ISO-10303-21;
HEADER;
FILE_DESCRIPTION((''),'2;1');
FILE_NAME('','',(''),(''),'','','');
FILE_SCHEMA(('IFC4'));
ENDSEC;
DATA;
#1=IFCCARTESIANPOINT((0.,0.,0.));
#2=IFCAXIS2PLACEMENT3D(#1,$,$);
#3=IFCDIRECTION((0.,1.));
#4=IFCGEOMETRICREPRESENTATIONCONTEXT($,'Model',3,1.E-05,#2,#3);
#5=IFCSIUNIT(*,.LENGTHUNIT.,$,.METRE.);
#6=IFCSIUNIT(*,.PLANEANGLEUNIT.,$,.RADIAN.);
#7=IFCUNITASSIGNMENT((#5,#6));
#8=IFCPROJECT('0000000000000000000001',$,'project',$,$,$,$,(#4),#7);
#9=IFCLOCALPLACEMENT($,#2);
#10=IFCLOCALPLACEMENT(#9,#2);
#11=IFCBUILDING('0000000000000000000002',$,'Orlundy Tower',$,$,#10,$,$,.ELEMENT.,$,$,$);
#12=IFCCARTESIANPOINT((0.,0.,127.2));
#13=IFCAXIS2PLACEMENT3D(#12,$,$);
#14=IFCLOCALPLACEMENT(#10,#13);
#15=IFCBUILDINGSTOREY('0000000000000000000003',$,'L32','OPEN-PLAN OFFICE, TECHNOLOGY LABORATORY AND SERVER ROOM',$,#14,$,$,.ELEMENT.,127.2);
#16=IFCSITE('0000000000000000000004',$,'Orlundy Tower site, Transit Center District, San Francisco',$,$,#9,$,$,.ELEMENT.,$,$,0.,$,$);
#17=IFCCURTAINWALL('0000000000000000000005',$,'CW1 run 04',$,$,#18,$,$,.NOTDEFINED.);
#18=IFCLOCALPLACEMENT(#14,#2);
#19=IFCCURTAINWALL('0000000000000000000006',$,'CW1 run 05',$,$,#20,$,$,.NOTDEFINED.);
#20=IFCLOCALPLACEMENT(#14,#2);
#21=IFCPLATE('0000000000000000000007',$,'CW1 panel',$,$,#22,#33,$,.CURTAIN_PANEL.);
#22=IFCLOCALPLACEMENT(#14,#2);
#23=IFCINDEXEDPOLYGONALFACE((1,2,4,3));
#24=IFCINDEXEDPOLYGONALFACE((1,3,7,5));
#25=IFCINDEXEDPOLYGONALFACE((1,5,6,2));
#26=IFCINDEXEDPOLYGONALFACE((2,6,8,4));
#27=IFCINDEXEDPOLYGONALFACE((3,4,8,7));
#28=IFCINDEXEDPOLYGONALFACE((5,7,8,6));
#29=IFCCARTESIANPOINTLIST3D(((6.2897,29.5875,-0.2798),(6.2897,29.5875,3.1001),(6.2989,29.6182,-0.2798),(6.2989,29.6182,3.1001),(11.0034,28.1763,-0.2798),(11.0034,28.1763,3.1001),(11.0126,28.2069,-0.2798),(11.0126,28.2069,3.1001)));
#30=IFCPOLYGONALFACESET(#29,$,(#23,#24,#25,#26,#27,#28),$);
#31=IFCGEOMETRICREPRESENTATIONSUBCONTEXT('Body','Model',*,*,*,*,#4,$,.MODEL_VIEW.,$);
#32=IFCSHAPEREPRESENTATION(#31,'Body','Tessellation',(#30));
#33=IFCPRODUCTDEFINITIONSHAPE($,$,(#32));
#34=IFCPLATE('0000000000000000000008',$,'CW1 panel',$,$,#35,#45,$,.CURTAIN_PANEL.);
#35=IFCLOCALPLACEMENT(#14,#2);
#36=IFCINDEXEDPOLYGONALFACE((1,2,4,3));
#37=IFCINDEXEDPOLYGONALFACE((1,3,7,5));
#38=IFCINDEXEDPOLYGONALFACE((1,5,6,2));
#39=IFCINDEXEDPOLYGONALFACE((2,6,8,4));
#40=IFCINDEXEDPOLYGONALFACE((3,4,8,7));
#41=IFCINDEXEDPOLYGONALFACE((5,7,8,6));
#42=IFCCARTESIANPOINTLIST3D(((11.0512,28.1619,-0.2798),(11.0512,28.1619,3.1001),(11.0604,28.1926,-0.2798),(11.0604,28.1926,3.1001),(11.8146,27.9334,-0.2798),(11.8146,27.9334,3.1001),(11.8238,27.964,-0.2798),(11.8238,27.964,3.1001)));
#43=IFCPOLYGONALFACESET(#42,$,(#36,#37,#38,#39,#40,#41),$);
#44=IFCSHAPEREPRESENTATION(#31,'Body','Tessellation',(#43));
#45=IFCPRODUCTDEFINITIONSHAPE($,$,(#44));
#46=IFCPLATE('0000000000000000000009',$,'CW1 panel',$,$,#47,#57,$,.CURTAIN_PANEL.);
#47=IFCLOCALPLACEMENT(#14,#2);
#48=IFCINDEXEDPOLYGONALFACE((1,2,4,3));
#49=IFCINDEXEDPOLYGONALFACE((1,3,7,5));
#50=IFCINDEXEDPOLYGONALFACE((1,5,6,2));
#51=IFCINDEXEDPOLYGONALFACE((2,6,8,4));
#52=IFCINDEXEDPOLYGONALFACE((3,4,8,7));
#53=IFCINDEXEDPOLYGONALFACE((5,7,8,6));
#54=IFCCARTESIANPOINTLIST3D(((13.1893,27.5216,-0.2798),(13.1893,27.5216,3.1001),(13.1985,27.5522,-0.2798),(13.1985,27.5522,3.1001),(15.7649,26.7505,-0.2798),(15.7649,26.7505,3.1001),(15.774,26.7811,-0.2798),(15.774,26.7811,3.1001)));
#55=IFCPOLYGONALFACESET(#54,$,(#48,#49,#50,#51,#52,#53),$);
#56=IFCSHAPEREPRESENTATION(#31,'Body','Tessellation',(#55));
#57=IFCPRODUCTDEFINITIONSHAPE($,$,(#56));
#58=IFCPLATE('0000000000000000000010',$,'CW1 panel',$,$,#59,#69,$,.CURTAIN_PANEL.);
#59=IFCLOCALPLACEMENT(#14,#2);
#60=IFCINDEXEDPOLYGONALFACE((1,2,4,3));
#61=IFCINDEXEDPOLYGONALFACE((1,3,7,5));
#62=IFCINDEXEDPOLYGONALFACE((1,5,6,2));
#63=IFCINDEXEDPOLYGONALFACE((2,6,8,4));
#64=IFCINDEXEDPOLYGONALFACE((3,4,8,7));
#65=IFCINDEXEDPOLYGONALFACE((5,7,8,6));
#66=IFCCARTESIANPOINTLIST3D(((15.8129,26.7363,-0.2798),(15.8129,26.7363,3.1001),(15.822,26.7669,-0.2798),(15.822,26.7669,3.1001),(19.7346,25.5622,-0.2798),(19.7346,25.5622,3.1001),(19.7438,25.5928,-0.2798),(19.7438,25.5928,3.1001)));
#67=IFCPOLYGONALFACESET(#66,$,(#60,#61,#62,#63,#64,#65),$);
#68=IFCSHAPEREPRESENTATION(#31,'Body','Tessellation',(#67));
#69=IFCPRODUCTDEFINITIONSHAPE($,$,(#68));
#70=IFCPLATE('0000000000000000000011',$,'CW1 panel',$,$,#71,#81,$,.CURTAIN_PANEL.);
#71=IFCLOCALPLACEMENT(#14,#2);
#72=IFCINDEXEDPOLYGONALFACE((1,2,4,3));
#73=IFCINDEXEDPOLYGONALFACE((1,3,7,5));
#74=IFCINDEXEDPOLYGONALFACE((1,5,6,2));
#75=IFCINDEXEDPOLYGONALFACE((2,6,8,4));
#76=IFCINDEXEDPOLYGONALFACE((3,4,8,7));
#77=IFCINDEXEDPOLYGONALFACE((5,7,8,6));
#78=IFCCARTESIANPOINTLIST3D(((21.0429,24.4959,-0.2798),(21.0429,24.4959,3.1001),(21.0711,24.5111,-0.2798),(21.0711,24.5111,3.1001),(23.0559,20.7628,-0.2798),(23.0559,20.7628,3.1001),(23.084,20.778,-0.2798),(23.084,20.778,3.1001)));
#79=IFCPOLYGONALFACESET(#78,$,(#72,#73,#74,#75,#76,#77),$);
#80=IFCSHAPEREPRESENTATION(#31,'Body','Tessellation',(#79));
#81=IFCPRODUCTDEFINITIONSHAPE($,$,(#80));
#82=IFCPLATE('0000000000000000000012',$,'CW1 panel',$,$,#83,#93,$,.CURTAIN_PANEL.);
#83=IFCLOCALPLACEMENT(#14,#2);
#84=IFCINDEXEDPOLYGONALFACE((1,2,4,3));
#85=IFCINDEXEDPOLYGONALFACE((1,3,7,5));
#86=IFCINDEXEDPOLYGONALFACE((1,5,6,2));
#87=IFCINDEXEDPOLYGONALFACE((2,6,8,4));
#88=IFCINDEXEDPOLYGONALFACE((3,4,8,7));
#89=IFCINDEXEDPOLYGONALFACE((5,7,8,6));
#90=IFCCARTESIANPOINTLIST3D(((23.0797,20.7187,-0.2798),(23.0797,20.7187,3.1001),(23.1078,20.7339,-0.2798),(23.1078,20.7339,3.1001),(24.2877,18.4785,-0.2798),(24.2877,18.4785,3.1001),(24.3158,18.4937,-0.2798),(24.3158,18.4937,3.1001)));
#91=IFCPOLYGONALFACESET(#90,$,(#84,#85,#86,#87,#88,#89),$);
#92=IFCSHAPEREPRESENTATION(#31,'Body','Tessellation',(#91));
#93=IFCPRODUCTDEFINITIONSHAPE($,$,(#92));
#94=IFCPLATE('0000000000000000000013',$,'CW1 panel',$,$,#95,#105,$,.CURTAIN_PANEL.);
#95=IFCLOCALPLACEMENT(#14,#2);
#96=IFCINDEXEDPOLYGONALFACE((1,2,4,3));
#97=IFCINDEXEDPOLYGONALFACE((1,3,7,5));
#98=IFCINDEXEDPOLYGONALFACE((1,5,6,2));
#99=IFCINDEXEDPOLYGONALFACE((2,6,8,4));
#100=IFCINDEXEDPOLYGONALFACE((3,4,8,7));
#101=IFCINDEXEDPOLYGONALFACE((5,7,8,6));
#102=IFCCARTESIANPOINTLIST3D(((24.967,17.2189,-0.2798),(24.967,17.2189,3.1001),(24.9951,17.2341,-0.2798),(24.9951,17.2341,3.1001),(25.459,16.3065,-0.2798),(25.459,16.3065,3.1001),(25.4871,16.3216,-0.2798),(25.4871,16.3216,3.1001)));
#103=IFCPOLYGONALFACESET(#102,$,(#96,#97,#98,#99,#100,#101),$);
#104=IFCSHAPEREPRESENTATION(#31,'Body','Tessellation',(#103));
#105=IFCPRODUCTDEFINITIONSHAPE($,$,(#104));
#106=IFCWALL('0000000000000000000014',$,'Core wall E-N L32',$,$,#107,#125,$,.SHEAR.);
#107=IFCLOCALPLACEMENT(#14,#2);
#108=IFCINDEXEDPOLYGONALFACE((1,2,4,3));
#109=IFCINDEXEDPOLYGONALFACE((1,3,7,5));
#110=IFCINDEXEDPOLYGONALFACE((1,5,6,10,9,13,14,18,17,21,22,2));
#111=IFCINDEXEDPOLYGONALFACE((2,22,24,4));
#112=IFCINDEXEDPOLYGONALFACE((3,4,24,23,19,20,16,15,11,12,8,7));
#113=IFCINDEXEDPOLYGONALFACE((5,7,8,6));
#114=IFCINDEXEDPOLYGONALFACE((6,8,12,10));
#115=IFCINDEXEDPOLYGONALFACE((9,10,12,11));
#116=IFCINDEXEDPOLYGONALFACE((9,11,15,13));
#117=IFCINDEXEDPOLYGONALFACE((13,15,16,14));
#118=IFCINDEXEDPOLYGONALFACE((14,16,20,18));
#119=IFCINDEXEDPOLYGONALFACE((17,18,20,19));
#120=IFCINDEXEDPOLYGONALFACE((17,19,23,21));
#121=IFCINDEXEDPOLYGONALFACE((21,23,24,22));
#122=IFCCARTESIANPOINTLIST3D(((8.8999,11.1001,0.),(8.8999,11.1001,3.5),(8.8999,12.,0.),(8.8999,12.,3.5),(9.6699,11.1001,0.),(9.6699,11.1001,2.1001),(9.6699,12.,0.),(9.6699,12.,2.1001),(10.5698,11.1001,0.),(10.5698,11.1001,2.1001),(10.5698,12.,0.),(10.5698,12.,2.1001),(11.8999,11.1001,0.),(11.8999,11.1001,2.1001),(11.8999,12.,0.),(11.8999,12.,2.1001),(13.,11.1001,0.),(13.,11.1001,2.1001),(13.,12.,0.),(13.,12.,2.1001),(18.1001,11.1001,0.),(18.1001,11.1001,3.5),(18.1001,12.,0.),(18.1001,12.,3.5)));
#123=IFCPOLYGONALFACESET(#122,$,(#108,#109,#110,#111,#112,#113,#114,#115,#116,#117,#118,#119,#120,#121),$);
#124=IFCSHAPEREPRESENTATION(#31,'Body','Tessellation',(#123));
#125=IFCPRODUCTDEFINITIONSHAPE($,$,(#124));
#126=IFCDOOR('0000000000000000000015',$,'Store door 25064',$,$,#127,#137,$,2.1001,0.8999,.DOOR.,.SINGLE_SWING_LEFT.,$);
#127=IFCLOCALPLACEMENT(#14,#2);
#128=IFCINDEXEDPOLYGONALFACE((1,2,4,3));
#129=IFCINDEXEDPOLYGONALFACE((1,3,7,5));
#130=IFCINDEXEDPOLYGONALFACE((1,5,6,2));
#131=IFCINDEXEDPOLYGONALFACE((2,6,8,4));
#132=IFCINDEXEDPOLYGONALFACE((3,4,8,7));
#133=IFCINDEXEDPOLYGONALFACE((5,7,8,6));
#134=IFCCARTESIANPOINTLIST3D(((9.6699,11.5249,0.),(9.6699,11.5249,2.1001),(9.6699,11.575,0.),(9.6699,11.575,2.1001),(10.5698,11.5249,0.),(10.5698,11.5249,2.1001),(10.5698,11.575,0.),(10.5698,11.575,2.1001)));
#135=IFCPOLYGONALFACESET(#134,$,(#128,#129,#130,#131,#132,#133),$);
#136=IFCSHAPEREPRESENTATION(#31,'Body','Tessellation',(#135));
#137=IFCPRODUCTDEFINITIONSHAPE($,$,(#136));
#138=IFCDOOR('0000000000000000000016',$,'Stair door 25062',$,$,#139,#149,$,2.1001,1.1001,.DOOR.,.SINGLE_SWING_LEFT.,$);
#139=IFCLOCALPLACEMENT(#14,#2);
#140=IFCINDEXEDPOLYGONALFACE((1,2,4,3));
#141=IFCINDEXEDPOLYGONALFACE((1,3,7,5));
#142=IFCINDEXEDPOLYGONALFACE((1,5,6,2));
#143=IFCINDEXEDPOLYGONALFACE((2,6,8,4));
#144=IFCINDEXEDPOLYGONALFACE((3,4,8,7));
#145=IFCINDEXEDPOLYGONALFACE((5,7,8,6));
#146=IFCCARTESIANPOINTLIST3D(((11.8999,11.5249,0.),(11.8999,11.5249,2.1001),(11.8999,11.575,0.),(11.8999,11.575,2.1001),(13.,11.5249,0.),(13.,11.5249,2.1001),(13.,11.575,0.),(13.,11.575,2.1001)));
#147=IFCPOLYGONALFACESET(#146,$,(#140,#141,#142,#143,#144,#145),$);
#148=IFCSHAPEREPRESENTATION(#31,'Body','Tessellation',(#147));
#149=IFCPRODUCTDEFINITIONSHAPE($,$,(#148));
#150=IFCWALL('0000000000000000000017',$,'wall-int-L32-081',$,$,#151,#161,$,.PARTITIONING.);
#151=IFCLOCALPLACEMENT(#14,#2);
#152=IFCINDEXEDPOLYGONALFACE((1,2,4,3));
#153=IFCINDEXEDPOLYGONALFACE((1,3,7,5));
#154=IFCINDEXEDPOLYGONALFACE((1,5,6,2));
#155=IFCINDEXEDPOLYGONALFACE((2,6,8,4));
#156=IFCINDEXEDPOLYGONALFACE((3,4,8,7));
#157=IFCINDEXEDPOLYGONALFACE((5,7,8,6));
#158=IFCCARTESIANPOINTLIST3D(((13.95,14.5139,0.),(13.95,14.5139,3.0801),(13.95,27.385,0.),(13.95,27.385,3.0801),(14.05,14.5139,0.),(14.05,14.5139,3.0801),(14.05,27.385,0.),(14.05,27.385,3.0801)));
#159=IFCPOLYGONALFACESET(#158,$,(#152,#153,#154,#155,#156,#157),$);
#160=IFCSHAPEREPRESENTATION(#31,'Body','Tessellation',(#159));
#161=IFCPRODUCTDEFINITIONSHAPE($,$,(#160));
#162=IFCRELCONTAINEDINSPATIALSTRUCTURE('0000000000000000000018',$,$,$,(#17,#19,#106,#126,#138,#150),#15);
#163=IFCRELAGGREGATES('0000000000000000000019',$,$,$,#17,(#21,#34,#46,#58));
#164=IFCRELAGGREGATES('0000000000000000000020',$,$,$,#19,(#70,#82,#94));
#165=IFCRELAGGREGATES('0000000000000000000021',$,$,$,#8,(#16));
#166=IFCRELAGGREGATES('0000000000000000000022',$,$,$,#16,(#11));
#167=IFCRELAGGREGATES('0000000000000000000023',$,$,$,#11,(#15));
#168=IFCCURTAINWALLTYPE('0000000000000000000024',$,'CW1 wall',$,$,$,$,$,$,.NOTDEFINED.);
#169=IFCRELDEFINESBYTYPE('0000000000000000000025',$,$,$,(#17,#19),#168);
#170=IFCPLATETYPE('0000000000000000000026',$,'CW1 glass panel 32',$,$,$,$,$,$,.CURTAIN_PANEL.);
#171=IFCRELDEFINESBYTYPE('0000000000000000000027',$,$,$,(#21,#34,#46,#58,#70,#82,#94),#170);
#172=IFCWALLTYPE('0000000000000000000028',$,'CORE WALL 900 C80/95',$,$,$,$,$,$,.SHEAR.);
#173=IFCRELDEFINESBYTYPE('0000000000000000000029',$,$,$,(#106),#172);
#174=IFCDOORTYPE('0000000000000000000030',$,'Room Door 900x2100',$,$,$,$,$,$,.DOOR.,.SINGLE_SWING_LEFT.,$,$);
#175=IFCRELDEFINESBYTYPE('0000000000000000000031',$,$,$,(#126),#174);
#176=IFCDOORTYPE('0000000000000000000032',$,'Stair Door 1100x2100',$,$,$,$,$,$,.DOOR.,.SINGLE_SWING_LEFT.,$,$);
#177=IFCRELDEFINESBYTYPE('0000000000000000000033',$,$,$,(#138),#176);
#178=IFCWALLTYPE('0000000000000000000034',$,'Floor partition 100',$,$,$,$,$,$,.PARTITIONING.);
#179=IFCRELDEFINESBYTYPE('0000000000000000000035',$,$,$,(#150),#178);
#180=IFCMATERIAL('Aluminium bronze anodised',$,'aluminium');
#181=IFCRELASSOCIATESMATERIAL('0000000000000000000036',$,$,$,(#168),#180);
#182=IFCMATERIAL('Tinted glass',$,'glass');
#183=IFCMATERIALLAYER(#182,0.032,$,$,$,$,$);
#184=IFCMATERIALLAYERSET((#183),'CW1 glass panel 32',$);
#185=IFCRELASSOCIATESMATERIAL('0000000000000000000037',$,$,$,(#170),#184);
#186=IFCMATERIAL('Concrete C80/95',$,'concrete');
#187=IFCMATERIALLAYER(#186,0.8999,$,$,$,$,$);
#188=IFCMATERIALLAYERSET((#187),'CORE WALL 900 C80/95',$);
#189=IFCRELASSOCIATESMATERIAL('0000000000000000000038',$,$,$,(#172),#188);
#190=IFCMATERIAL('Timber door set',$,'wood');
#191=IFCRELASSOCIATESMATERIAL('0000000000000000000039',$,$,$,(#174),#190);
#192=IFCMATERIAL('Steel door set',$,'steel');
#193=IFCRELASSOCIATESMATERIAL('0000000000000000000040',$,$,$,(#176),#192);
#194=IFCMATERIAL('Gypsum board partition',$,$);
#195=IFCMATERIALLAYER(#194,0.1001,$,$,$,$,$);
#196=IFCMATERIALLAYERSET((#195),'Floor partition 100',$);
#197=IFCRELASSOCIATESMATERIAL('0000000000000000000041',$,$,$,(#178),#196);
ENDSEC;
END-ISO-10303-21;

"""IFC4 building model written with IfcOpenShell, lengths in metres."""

from ifc_helpers import new_model, si_unit, direction, frame, frame_2d, origin, origin_2d, place, context, subcontext, project, spatial, rectangle, extrude, material, layer, layer_set, type_object, element, fill, aggregate, save


model = new_model("IFC4")

# Units and contexts
model_context = context("Model", 3, precision=1e-05, world=origin(), true_north=direction((0.0, 1.0)))
body_context = subcontext(model_context, "Body", "Model", "MODEL_VIEW")
ifc_project = project(units=[si_unit("LENGTHUNIT", "METRE"), si_unit("PLANEANGLEUNIT", "RADIAN")], contexts=[model_context])

# Site, building, storey
site_placement = place(None, origin())
site = spatial("IfcSite", under=ifc_project, at=site_placement, Name="Orlundy Tower site, Transit Center District, San Francisco", CompositionType="ELEMENT", RefElevation=0.0)
building_placement = place(site_placement, origin())
building = spatial("IfcBuilding", under=site, at=building_placement, Name="Orlundy Tower", CompositionType="ELEMENT")
storey_placement = place(building_placement, frame((0.0, 0.0, 127.2)))
storey = spatial("IfcBuildingStorey", under=building, at=storey_placement, Name="L32", Description="OPEN-PLAN OFFICE, TECHNOLOGY LABORATORY AND SERVER ROOM", CompositionType="ELEMENT", Elevation=127.2)

# Curtain wall
ifc_material_1 = material(Name="Aluminium bronze anodised", Category="aluminium")
curtain_wall_type = type_object("IfcCurtainWallType", Name="CW1 wall", PredefinedType="NOTDEFINED", material=ifc_material_1)
curtain_wall_1_placement = place(storey_placement, origin())
curtain_wall_1 = element("IfcCurtainWall", 1, at=curtain_wall_1_placement, inside=storey, type_object=curtain_wall_type, Name="CW1 run 04", PredefinedType="NOTDEFINED")

# Curtain wall
curtain_wall_2_placement = place(storey_placement, origin())
curtain_wall_2 = element("IfcCurtainWall", 2, at=curtain_wall_2_placement, inside=storey, type_object=curtain_wall_type, Name="CW1 run 05", PredefinedType="NOTDEFINED")

# Plates
ifc_material_2 = material(Name="Tinted glass", Category="glass")
ifc_layer_1 = layer(ifc_material_2, 0.032)
ifc_layer_set_1 = layer_set([ifc_layer_1], Name="CW1 glass panel 32")
plate_type = type_object("IfcPlateType", Name="CW1 glass panel 32", PredefinedType="CURTAIN_PANEL", material=ifc_layer_set_1)
plate_1_placement = place(storey_placement, frame((8.6511, 28.8972, -0.2798), z_axis=(0.0, 0.0, 1.0), x_axis=(0.957986, -0.286816, 0.0)))
plate_1 = element("IfcPlate", 3, at=plate_1_placement, type_object=plate_type, Name="CW1 panel", PredefinedType="CURTAIN_PANEL", context=body_context, shape_type="SweptSolid", body=[
    extrude(rectangle(XDim=4.9204, YDim=0.032, at=origin_2d()), origin(), (0.0, 0.0, 1.0), 3.3799),
])
plate_2_placement = place(storey_placement, frame((11.4375, 28.063, -0.2798), z_axis=(0.0, 0.0, 1.0), x_axis=(0.957986, -0.286816, 0.0)))
plate_2 = element("IfcPlate", 4, at=plate_2_placement, type_object=plate_type, Name="CW1 panel", PredefinedType="CURTAIN_PANEL", context=body_context, shape_type="SweptSolid", body=[
    extrude(rectangle(XDim=0.7969, YDim=0.032, at=origin_2d()), origin(), (0.0, 0.0, 1.0), 3.3799),
])
plate_3_placement = place(storey_placement, frame((14.4817, 27.1514, -0.2798), z_axis=(0.0, 0.0, 1.0), x_axis=(0.957986, -0.286816, 0.0)))
plate_3 = element("IfcPlate", 5, at=plate_3_placement, type_object=plate_type, Name="CW1 panel", PredefinedType="CURTAIN_PANEL", context=body_context, shape_type="SweptSolid", body=[
    extrude(rectangle(XDim=2.6885, YDim=0.032, at=origin_2d()), origin(), (0.0, 0.0, 1.0), 3.3799),
])
plate_4_placement = place(storey_placement, frame((17.7783, 26.1646, -0.2798), z_axis=(0.0, 0.0, 1.0), x_axis=(0.957986, -0.286816, 0.0)))
plate_4 = element("IfcPlate", 6, at=plate_4_placement, type_object=plate_type, Name="CW1 panel", PredefinedType="CURTAIN_PANEL", context=body_context, shape_type="SweptSolid", body=[
    extrude(rectangle(XDim=4.0938, YDim=0.032, at=origin_2d()), origin(), (0.0, 0.0, 1.0), 3.3799),
])
aggregate(curtain_wall_1, [plate_1, plate_2, plate_3, plate_4])
plate_5_placement = place(storey_placement, frame((22.0635, 22.637, -0.2798), z_axis=(0.0, 0.0, 1.0), x_axis=(0.474624, -0.880189, 0.0)))
plate_5 = element("IfcPlate", 7, at=plate_5_placement, type_object=plate_type, Name="CW1 panel", PredefinedType="CURTAIN_PANEL", context=body_context, shape_type="SweptSolid", body=[
    extrude(rectangle(XDim=4.2412, YDim=0.032, at=origin_2d()), origin(), (0.0, 0.0, 1.0), 3.3799),
])
plate_6_placement = place(storey_placement, frame((23.6978, 19.6062, -0.2798), z_axis=(0.0, 0.0, 1.0), x_axis=(0.474624, -0.880189, 0.0)))
plate_6 = element("IfcPlate", 8, at=plate_6_placement, type_object=plate_type, Name="CW1 panel", PredefinedType="CURTAIN_PANEL", context=body_context, shape_type="SweptSolid", body=[
    extrude(rectangle(XDim=2.5452, YDim=0.032, at=origin_2d()), origin(), (0.0, 0.0, 1.0), 3.3799),
])
plate_7_placement = place(storey_placement, frame((25.2271, 16.7703, -0.2798), z_axis=(0.0, 0.0, 1.0), x_axis=(0.474624, -0.880189, 0.0)))
plate_7 = element("IfcPlate", 9, at=plate_7_placement, type_object=plate_type, Name="CW1 panel", PredefinedType="CURTAIN_PANEL", context=body_context, shape_type="SweptSolid", body=[
    extrude(rectangle(XDim=1.0366, YDim=0.032, at=origin_2d()), origin(), (0.0, 0.0, 1.0), 3.3799),
])
aggregate(curtain_wall_2, [plate_5, plate_6, plate_7])

# Wall, openings, doors
ifc_material_3 = material(Name="Concrete C80/95", Category="concrete")
ifc_layer_2 = layer(ifc_material_3, 0.8999)
ifc_layer_set_2 = layer_set([ifc_layer_2], Name="CORE WALL 900 C80/95")
wall_type_1 = type_object("IfcWallType", Name="CORE WALL 900 C80/95", PredefinedType="SHEAR", material=ifc_layer_set_2)
wall_1_placement = place(storey_placement, frame((8.8999, 11.55, 0.0), z_axis=(0.0, 0.0, 1.0), x_axis=(1.0, 0.0, 0.0)))
wall_1 = element("IfcWall", 10, at=wall_1_placement, inside=storey, type_object=wall_type_1, Name="Core wall E-N L32", PredefinedType="SHEAR", context=body_context, shape_type="SweptSolid", body=[
    extrude(rectangle(XDim=9.2002, YDim=0.8999, at=frame_2d((4.6001, 0.0))), origin(), (0.0, 0.0, 1.0), 3.5),
])
opening_1_placement = place(wall_1_placement, frame((3.0, 0.0, 0.0)))
opening_1 = element("IfcOpeningElement", 11, at=opening_1_placement, cuts=wall_1, PredefinedType="OPENING", context=body_context, shape_type="SweptSolid", body=[
    extrude(rectangle(XDim=1.1001, YDim=2.1001, at=frame_2d((0.55, 1.05))), frame((0.0, 0.46, 0.0), z_axis=(0.0, -1.0, 0.0), x_axis=(1.0, 0.0, 0.0)), (0.0, 0.0, 1.0), 0.9199),
])
opening_2_placement = place(wall_1_placement, frame((0.77, 0.0, 0.0)))
opening_2 = element("IfcOpeningElement", 12, at=opening_2_placement, cuts=wall_1, PredefinedType="OPENING", context=body_context, shape_type="SweptSolid", body=[
    extrude(rectangle(XDim=0.8999, YDim=2.1001, at=frame_2d((0.45, 1.05))), frame((0.0, 0.46, 0.0), z_axis=(0.0, -1.0, 0.0), x_axis=(1.0, 0.0, 0.0)), (0.0, 0.0, 1.0), 0.9199),
])
ifc_material_4 = material(Name="Timber door set", Category="wood")
door_type_1 = type_object("IfcDoorType", Name="Room Door 900x2100", OperationType="SINGLE_SWING_LEFT", PredefinedType="DOOR", material=ifc_material_4)
door_1_placement = place(opening_2_placement, origin())
door_1 = element("IfcDoor", 13, at=door_1_placement, inside=storey, type_object=door_type_1, Name="Store door 25064", OperationType="SINGLE_SWING_LEFT", OverallHeight=2.1001, OverallWidth=0.8999, PredefinedType="DOOR", context=body_context, shape_type="SweptSolid", body=[
    extrude(rectangle(XDim=0.8999, YDim=2.1001, at=frame_2d((0.45, 1.05))), frame((0.0, 0.0249, 0.0), z_axis=(0.0, -1.0, 0.0), x_axis=(1.0, 0.0, 0.0)), (0.0, 0.0, 1.0), 0.05),
])
fill(opening_2, door_1)
ifc_material_5 = material(Name="Steel door set", Category="steel")
door_type_2 = type_object("IfcDoorType", Name="Stair Door 1100x2100", OperationType="SINGLE_SWING_LEFT", PredefinedType="DOOR", material=ifc_material_5)
door_2_placement = place(opening_1_placement, origin())
door_2 = element("IfcDoor", 14, at=door_2_placement, inside=storey, type_object=door_type_2, Name="Stair door 25062", OperationType="SINGLE_SWING_LEFT", OverallHeight=2.1001, OverallWidth=1.1001, PredefinedType="DOOR", context=body_context, shape_type="SweptSolid", body=[
    extrude(rectangle(XDim=1.1001, YDim=2.1001, at=frame_2d((0.55, 1.05))), frame((0.0, 0.0249, 0.0), z_axis=(0.0, -1.0, 0.0), x_axis=(1.0, 0.0, 0.0)), (0.0, 0.0, 1.0), 0.05),
])
fill(opening_1, door_2)

# Wall
ifc_material_6 = material(Name="Gypsum board partition")
ifc_layer_3 = layer(ifc_material_6, 0.1001)
ifc_layer_set_3 = layer_set([ifc_layer_3], Name="Floor partition 100")
wall_type_2 = type_object("IfcWallType", Name="Floor partition 100", PredefinedType="PARTITIONING", material=ifc_layer_set_3)
wall_2_placement = place(storey_placement, frame((14.0, 14.5139, 0.0), z_axis=(0.0, 0.0, 1.0), x_axis=(0.0, 1.0, 0.0)))
element("IfcWall", 15, at=wall_2_placement, inside=storey, type_object=wall_type_2, Name="wall-int-L32-081", PredefinedType="PARTITIONING", context=body_context, shape_type="SweptSolid", body=[
    extrude(rectangle(XDim=12.8711, YDim=0.1001, at=frame_2d((6.4355, 0.0))), origin(), (0.0, 0.0, 1.0), 3.0801),
])

save(model, "model.ifc")
